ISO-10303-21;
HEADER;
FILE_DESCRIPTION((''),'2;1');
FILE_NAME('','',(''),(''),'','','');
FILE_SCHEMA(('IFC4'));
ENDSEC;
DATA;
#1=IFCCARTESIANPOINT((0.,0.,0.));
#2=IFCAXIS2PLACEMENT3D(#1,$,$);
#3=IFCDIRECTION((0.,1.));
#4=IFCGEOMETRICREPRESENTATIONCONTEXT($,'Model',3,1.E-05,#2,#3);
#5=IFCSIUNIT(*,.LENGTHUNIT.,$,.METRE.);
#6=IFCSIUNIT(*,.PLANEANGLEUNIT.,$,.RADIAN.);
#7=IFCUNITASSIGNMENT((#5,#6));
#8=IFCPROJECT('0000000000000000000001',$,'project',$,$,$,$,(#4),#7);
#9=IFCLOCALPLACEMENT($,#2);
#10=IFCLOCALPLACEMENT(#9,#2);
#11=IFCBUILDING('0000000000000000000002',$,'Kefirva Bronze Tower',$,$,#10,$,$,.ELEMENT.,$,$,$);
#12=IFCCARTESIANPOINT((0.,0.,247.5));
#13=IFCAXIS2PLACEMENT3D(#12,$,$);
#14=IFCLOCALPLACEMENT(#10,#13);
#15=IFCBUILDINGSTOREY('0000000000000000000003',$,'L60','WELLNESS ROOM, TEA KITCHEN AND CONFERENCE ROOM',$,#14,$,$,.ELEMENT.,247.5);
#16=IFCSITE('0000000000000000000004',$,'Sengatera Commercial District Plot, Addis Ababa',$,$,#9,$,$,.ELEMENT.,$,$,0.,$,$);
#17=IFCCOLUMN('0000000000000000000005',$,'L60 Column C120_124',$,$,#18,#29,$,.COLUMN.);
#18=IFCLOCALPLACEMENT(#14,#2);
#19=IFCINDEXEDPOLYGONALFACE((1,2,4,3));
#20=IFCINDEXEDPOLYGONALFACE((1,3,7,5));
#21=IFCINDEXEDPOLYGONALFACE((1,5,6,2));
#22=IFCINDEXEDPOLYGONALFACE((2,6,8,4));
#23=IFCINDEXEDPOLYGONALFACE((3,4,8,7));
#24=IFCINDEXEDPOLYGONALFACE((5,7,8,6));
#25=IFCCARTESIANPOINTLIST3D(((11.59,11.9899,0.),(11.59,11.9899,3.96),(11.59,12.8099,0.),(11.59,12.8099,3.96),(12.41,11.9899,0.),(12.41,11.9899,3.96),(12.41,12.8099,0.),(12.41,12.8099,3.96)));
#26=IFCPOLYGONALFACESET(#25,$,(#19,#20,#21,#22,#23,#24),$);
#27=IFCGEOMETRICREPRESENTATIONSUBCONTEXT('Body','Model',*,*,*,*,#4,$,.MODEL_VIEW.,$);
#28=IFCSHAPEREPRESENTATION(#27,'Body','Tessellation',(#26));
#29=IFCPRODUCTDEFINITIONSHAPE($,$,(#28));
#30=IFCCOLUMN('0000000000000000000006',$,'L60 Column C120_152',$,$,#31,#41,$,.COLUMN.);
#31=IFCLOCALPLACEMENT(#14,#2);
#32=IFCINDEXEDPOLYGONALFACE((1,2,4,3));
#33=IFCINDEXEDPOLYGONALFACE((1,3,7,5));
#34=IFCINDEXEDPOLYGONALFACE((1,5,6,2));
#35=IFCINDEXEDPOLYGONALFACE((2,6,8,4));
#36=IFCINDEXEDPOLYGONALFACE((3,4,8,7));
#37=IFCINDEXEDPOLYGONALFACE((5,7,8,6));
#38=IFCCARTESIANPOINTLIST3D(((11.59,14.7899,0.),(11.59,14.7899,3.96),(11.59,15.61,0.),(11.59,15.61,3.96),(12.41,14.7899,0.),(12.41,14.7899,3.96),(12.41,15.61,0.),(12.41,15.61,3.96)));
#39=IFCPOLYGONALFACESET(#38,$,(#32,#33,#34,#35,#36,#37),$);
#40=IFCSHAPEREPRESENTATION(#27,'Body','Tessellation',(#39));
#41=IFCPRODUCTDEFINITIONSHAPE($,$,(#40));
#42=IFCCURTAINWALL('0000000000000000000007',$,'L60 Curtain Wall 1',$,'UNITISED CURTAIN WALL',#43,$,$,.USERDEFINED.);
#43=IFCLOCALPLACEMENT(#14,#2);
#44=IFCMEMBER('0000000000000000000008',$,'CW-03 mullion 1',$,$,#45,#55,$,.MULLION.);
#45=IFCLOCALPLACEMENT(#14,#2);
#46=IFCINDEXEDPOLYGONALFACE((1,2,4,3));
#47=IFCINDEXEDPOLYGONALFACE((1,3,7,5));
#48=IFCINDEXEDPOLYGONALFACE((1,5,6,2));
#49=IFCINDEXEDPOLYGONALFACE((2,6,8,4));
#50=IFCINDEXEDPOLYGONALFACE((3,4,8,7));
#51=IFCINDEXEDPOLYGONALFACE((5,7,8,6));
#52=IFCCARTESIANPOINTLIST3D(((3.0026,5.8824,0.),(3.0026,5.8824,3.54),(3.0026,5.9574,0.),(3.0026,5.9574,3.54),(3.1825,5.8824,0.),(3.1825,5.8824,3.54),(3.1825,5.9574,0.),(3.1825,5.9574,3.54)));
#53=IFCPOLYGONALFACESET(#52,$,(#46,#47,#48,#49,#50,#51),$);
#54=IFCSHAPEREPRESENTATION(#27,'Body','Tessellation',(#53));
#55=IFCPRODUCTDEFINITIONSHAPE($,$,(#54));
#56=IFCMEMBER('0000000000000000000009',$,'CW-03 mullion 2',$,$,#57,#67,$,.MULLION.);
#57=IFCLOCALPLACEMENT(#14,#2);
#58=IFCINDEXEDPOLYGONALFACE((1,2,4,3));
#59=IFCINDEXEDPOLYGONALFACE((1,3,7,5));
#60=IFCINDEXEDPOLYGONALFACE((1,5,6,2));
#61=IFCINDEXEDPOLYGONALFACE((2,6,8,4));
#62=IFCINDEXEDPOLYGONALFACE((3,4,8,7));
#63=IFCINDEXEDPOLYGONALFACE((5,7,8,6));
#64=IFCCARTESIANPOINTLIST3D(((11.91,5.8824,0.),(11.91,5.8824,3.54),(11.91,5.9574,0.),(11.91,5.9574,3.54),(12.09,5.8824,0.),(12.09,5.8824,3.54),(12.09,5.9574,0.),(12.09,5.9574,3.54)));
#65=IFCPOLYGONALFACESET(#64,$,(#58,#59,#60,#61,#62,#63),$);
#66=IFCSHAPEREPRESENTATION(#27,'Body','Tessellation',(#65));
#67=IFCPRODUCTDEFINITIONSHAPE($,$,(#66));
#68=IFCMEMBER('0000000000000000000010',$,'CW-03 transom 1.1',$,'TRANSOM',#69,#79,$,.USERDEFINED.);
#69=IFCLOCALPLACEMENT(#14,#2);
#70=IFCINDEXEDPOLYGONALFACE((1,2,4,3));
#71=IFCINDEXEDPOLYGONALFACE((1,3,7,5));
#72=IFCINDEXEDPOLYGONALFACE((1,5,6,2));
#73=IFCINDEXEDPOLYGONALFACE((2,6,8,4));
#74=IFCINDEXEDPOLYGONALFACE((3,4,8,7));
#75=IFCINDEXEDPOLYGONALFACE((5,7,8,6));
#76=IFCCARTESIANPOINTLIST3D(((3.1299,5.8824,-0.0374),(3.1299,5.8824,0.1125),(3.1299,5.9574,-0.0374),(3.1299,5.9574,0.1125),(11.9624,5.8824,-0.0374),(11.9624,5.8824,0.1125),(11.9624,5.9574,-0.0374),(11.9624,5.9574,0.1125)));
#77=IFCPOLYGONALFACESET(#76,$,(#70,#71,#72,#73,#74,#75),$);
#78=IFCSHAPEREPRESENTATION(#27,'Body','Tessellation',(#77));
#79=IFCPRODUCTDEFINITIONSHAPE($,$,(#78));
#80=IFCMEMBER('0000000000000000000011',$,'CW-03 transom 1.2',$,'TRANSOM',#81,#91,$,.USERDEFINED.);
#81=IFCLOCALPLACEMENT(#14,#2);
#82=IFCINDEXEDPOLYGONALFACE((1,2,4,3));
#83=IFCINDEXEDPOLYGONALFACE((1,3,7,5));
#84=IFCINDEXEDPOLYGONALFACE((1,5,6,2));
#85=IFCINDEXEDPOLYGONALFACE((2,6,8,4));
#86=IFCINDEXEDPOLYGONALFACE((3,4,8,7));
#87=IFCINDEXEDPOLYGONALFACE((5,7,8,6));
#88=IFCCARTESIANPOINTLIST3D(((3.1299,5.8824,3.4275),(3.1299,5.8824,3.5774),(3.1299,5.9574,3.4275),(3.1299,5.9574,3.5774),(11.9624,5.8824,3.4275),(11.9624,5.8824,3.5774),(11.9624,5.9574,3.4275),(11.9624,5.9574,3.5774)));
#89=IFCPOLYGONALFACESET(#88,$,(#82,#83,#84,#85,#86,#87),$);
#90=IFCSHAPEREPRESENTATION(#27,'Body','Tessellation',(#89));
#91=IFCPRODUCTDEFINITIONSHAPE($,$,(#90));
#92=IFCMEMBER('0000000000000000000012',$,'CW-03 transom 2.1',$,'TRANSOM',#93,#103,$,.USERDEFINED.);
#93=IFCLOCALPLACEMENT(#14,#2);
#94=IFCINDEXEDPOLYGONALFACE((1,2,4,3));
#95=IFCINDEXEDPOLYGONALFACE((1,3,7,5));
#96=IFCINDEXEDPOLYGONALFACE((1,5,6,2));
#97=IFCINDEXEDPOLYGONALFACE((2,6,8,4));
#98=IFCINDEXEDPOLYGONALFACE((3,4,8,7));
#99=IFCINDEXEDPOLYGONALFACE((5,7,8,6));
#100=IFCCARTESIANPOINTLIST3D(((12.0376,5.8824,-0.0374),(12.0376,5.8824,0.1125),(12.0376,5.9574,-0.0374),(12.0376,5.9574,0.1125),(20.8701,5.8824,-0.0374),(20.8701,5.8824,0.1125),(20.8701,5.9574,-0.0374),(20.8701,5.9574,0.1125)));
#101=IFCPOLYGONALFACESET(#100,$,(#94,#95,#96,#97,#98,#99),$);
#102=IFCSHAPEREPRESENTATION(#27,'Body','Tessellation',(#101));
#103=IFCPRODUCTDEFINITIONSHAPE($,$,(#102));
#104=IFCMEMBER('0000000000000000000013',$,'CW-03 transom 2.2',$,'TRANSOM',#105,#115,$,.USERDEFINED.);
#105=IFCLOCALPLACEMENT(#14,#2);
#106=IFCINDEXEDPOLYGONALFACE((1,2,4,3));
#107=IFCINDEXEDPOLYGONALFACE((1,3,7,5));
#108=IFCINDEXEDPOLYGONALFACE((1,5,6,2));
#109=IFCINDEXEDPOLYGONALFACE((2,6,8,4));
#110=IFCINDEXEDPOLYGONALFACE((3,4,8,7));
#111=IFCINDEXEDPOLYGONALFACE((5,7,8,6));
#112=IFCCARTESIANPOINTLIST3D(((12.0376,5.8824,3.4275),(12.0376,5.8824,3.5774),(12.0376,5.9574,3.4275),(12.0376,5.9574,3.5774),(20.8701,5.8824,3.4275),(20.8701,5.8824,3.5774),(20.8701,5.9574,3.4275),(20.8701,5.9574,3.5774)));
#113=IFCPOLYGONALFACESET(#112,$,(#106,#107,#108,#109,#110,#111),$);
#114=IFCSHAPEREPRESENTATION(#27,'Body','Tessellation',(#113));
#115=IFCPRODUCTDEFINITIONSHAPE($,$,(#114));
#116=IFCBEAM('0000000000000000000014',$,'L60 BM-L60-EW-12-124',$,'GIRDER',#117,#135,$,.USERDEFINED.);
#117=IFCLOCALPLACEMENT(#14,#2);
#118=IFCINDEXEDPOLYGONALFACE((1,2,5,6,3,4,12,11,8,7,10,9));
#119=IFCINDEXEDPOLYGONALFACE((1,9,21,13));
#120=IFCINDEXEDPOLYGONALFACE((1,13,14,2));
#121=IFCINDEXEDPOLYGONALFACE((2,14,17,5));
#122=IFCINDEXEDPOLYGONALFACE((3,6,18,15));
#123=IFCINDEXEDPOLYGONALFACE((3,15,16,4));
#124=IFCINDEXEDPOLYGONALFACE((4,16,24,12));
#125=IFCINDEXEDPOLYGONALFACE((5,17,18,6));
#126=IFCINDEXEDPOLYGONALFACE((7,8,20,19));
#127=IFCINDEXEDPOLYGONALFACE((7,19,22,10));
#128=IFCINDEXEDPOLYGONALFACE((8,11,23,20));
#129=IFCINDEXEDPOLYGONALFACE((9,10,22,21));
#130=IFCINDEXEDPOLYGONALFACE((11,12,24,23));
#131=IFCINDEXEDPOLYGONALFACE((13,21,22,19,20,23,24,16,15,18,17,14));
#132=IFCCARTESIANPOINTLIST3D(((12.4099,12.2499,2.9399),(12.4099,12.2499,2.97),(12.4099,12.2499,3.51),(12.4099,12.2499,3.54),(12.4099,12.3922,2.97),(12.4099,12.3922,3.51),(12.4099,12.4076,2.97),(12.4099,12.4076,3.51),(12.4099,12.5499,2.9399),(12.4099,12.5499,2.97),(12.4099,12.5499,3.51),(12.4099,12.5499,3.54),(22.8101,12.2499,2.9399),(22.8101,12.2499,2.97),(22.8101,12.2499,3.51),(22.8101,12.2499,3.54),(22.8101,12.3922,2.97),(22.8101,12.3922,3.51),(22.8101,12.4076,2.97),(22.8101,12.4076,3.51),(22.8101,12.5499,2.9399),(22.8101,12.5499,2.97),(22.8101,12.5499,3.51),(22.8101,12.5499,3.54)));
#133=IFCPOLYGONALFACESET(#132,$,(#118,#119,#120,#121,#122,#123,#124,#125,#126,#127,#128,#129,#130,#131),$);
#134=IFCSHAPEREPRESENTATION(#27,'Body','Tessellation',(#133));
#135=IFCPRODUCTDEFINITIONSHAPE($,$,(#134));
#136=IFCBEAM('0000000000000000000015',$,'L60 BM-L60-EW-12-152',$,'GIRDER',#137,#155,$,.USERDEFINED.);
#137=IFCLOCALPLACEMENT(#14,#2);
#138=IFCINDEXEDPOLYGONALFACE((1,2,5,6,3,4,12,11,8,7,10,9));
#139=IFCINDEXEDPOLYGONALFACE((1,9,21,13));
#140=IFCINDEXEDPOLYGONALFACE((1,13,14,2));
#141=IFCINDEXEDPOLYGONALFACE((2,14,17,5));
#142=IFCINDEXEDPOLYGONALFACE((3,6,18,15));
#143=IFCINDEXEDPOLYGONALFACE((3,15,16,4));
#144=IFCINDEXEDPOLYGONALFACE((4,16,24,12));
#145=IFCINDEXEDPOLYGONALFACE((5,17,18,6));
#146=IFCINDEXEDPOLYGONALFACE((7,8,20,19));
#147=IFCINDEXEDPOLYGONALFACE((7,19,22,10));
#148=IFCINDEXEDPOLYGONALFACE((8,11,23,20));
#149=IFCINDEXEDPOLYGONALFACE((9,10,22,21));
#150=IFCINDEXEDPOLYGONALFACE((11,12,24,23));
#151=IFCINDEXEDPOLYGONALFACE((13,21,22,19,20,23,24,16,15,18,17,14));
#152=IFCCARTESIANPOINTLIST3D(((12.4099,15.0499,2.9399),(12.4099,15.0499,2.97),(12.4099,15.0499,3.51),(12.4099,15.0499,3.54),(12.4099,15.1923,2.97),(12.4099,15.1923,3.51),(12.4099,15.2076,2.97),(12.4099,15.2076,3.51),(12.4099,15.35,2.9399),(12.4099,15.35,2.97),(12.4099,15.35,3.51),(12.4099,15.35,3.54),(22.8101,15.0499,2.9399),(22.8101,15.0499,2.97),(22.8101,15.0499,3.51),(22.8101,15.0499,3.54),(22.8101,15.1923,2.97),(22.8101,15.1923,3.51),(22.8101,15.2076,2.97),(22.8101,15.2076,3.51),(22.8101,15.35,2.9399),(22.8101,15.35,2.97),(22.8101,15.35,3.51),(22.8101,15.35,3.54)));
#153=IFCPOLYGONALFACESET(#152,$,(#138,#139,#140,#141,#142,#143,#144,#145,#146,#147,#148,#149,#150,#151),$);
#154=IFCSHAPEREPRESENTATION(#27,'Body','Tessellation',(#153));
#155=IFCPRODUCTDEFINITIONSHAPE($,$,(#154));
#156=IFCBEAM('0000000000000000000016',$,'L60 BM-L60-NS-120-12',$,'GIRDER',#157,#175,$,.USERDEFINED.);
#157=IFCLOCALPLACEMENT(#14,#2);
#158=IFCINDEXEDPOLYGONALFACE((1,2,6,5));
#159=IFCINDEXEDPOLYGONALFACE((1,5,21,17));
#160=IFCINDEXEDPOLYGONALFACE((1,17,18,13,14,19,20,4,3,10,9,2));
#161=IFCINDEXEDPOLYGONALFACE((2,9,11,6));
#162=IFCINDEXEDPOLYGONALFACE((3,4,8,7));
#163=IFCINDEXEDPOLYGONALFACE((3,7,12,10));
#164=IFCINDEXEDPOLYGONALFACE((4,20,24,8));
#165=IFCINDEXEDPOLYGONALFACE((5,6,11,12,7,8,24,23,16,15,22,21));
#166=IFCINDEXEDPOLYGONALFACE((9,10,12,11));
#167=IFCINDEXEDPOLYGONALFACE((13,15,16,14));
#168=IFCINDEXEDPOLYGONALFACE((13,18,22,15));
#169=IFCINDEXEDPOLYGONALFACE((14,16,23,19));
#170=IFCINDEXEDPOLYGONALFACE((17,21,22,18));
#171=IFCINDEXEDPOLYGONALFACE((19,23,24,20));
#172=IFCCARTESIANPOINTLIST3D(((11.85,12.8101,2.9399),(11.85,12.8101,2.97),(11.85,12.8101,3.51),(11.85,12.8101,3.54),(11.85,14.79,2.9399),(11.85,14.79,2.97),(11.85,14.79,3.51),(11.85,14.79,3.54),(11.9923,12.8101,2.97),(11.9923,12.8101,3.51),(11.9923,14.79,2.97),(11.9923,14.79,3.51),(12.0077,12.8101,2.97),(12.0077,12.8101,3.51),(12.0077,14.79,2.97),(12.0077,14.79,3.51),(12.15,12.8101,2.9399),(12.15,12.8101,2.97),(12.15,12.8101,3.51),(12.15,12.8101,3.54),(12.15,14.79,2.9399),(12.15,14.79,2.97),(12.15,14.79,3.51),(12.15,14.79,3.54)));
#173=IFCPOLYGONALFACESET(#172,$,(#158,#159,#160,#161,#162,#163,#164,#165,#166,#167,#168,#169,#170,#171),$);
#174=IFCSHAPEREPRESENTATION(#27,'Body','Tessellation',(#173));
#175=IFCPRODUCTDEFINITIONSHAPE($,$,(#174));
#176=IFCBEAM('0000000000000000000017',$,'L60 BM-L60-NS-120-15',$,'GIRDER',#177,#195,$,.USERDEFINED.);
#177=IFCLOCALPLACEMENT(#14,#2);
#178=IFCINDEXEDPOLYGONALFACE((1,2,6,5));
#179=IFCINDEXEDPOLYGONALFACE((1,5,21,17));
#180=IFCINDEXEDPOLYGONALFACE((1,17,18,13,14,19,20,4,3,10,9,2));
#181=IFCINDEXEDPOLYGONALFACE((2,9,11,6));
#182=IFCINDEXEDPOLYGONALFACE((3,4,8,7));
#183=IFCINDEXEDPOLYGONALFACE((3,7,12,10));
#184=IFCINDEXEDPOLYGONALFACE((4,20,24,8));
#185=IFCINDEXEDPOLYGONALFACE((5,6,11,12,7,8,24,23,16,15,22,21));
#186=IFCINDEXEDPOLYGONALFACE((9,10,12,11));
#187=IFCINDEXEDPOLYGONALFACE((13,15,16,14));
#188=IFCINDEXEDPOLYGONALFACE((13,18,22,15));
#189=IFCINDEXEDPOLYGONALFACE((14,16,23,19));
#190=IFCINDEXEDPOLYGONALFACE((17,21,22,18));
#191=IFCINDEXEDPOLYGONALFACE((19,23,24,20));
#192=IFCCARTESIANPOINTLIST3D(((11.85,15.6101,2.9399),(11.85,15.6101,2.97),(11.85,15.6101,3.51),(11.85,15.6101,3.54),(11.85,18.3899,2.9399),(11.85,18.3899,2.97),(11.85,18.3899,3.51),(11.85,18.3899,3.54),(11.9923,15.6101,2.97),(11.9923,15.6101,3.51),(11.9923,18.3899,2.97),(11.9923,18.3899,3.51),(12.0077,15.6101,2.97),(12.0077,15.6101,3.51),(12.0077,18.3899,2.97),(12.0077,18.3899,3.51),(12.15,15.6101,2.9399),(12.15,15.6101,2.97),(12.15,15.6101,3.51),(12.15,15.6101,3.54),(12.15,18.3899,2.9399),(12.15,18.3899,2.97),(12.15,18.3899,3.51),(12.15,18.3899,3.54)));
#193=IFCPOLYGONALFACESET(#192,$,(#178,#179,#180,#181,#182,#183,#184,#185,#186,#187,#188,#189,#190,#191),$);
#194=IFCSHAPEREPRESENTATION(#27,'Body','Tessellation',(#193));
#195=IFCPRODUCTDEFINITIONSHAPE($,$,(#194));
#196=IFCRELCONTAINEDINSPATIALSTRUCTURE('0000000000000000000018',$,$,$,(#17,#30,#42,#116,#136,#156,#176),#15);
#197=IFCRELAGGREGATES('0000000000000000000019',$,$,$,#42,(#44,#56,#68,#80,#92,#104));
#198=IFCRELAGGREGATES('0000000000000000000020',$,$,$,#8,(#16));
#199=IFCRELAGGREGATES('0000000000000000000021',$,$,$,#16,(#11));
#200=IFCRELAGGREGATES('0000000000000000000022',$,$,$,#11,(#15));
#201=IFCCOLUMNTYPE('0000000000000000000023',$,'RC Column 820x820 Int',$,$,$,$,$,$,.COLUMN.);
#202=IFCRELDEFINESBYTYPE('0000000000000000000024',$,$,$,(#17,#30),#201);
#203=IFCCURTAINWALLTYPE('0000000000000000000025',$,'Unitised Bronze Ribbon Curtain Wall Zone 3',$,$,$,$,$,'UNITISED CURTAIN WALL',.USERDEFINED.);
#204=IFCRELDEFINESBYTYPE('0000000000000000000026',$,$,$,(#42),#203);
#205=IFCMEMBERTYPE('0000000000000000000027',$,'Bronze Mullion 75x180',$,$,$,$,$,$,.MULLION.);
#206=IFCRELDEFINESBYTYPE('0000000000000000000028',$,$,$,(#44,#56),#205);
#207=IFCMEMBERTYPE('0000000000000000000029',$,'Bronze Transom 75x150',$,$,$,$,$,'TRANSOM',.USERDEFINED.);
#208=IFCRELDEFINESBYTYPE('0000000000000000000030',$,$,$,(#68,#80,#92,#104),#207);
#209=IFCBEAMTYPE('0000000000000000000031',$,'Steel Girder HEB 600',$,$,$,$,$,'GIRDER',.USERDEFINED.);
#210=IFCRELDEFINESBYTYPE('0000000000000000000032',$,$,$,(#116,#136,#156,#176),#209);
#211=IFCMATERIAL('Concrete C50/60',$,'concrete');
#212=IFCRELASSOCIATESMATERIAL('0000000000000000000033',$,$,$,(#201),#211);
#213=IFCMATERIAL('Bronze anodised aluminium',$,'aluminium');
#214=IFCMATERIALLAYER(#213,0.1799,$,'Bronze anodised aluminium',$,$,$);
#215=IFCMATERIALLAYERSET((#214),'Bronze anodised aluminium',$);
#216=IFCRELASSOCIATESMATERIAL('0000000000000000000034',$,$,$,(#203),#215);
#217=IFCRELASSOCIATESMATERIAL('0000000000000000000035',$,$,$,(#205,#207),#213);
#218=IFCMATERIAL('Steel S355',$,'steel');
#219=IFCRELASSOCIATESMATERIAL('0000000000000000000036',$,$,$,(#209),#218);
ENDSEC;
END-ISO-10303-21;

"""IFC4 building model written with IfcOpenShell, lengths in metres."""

from ifc_helpers import new_model, si_unit, direction, frame, origin, origin_2d, place, context, subcontext, project, spatial, rectangle, i_section, extrude, material, layer, layer_set, material_profile, profile_set, type_object, element, aggregate, save


model = new_model("IFC4")

# Units and contexts
model_context = context("Model", 3, precision=1e-05, world=origin(), true_north=direction((0.0, 1.0)))
body_context = subcontext(model_context, "Body", "Model", "MODEL_VIEW")
ifc_project = project(units=[si_unit("LENGTHUNIT", "METRE"), si_unit("PLANEANGLEUNIT", "RADIAN")], contexts=[model_context])

# Site, building, storey
site_placement = place(None, origin())
site = spatial("IfcSite", under=ifc_project, at=site_placement, Name="Sengatera Commercial District Plot, Addis Ababa", CompositionType="ELEMENT", RefElevation=0.0)
building_placement = place(site_placement, origin())
building = spatial("IfcBuilding", under=site, at=building_placement, Name="Kefirva Bronze Tower", CompositionType="ELEMENT")
storey_placement = place(building_placement, frame((0.0, 0.0, 247.5)))
storey = spatial("IfcBuildingStorey", under=building, at=storey_placement, Name="L60", Description="WELLNESS ROOM, TEA KITCHEN AND CONFERENCE ROOM", CompositionType="ELEMENT", Elevation=247.5)

# Columns
ifc_material_1 = material(Name="Concrete C50/60", Category="concrete")
ifc_material_profile_1 = material_profile(ifc_material_1, rectangle(XDim=0.8201, YDim=0.8201, at=origin_2d()), Name="RC 820x820")
ifc_profile_set_1 = profile_set([ifc_material_profile_1], Name="Concrete C50/60")
column_type = type_object("IfcColumnType", Name="RC Column 820x820 Int", PredefinedType="COLUMN", material=ifc_profile_set_1)
for number, where, z_axis, x_axis, name in (
    (1, (12.0, 12.3999, 0.0), (0.0, 0.0, 1.0), (1.0, 0.0, 0.0), "L60 Column C120_124"),
    (2, (12.0, 15.2, 0.0), (0.0, 0.0, 1.0), (1.0, 0.0, 0.0), "L60 Column C120_152"),
):
    element("IfcColumn", number, at=place(storey_placement, frame(where, z_axis=z_axis, x_axis=x_axis)), inside=storey, type_object=column_type, Name=name, PredefinedType="COLUMN", context=body_context, shape_type="SweptSolid", body=[
        extrude(rectangle(XDim=0.8201, YDim=0.8201, at=origin_2d()), origin(), (0.0, 0.0, 1.0), 3.96),
    ])

# Curtain wall, members
ifc_material_2 = material(Name="Bronze anodised aluminium", Category="aluminium")
ifc_layer_1 = layer(ifc_material_2, 0.1799, Name="Bronze anodised aluminium")
ifc_layer_set_1 = layer_set([ifc_layer_1], Name="Bronze anodised aluminium")
curtain_wall_type = type_object("IfcCurtainWallType", Name="Unitised Bronze Ribbon Curtain Wall Zone 3", ElementType="UNITISED CURTAIN WALL", PredefinedType="USERDEFINED", material=ifc_layer_set_1)
curtain_wall_placement = place(storey_placement, origin())
curtain_wall = element("IfcCurtainWall", 3, at=curtain_wall_placement, inside=storey, type_object=curtain_wall_type, Name="L60 Curtain Wall 1", ObjectType="UNITISED CURTAIN WALL", PredefinedType="USERDEFINED")
ifc_material_profile_2 = material_profile(ifc_material_2, rectangle(XDim=0.075, YDim=0.1799, at=origin_2d()), Name="ALU 75x180")
ifc_profile_set_2 = profile_set([ifc_material_profile_2], Name="Bronze anodised aluminium")
member_type_1 = type_object("IfcMemberType", Name="Bronze Mullion 75x180", PredefinedType="MULLION", material=ifc_profile_set_2)
member_1_placement = place(storey_placement, frame((3.0925, 5.9199, 0.0), z_axis=(0.0, 0.0, 1.0), x_axis=(0.0, 1.0, 0.0)))
member_1 = element("IfcMember", 4, at=member_1_placement, type_object=member_type_1, Name="CW-03 mullion 1", PredefinedType="MULLION", context=body_context, shape_type="SweptSolid", body=[
    extrude(rectangle(XDim=0.075, YDim=0.1799, at=origin_2d()), origin(), (0.0, 0.0, 1.0), 3.54),
])
member_2_placement = place(storey_placement, frame((12.0, 5.9199, 0.0), z_axis=(0.0, 0.0, 1.0), x_axis=(0.0, 1.0, 0.0)))
member_2 = element("IfcMember", 5, at=member_2_placement, type_object=member_type_1, Name="CW-03 mullion 2", PredefinedType="MULLION", context=body_context, shape_type="SweptSolid", body=[
    extrude(rectangle(XDim=0.075, YDim=0.1799, at=origin_2d()), origin(), (0.0, 0.0, 1.0), 3.54),
])
ifc_material_profile_3 = material_profile(ifc_material_2, rectangle(XDim=0.075, YDim=0.1499, at=origin_2d()), Name="ALU 75x150")
ifc_profile_set_3 = profile_set([ifc_material_profile_3], Name="Bronze anodised aluminium")
member_type_2 = type_object("IfcMemberType", Name="Bronze Transom 75x150", ElementType="TRANSOM", PredefinedType="USERDEFINED", material=ifc_profile_set_3)
member_3_placement = place(storey_placement, frame((3.1299, 5.9199, 0.0376), z_axis=(1.0, 0.0, 0.0), x_axis=(0.0, 1.0, 0.0)))
member_3 = element("IfcMember", 6, at=member_3_placement, type_object=member_type_2, Name="CW-03 transom 1.1", ObjectType="TRANSOM", PredefinedType="USERDEFINED", context=body_context, shape_type="SweptSolid", body=[
    extrude(rectangle(XDim=0.075, YDim=0.1499, at=origin_2d()), origin(), (0.0, 0.0, 1.0), 8.8325),
])
member_4_placement = place(storey_placement, frame((3.1299, 5.9199, 3.5024), z_axis=(1.0, 0.0, 0.0), x_axis=(0.0, 1.0, 0.0)))
member_4 = element("IfcMember", 7, at=member_4_placement, type_object=member_type_2, Name="CW-03 transom 1.2", ObjectType="TRANSOM", PredefinedType="USERDEFINED", context=body_context, shape_type="SweptSolid", body=[
    extrude(rectangle(XDim=0.075, YDim=0.1499, at=origin_2d()), origin(), (0.0, 0.0, 1.0), 8.8325),
])
member_5_placement = place(storey_placement, frame((12.0376, 5.9199, 0.0376), z_axis=(1.0, 0.0, 0.0), x_axis=(0.0, 1.0, 0.0)))
member_5 = element("IfcMember", 8, at=member_5_placement, type_object=member_type_2, Name="CW-03 transom 2.1", ObjectType="TRANSOM", PredefinedType="USERDEFINED", context=body_context, shape_type="SweptSolid", body=[
    extrude(rectangle(XDim=0.075, YDim=0.1499, at=origin_2d()), origin(), (0.0, 0.0, 1.0), 8.8325),
])
member_6_placement = place(storey_placement, frame((12.0376, 5.9199, 3.5024), z_axis=(1.0, 0.0, 0.0), x_axis=(0.0, 1.0, 0.0)))
member_6 = element("IfcMember", 9, at=member_6_placement, type_object=member_type_2, Name="CW-03 transom 2.2", ObjectType="TRANSOM", PredefinedType="USERDEFINED", context=body_context, shape_type="SweptSolid", body=[
    extrude(rectangle(XDim=0.075, YDim=0.1499, at=origin_2d()), origin(), (0.0, 0.0, 1.0), 8.8325),
])

# Beams
ifc_material_3 = material(Name="Steel S355", Category="steel")
ifc_material_profile_4 = material_profile(ifc_material_3, i_section(OverallWidth=0.3, OverallDepth=0.6001, WebThickness=0.0154, FlangeThickness=0.03, at=origin_2d()), Name="HEB 600")
ifc_profile_set_4 = profile_set([ifc_material_profile_4], Name="Steel S355")
beam_type = type_object("IfcBeamType", Name="Steel Girder HEB 600", ElementType="GIRDER", PredefinedType="USERDEFINED", material=ifc_profile_set_4)
for number, where, z_axis, x_axis, name in (
    (10, (12.4099, 12.3999, 3.24), (1.0, 0.0, 0.0), (0.0, 1.0, 0.0), "L60 BM-L60-EW-12-124"),
    (11, (12.4099, 15.2, 3.24), (1.0, 0.0, 0.0), (0.0, 1.0, 0.0), "L60 BM-L60-EW-12-152"),
):
    element("IfcBeam", number, at=place(storey_placement, frame(where, z_axis=z_axis, x_axis=x_axis)), inside=storey, type_object=beam_type, Name=name, ObjectType="GIRDER", PredefinedType="USERDEFINED", context=body_context, shape_type="SweptSolid", body=[
        extrude(i_section(OverallWidth=0.3, OverallDepth=0.6001, WebThickness=0.0154, FlangeThickness=0.03, at=origin_2d()), origin(), (0.0, 0.0, 1.0), 10.4001),
    ])
beam_1_placement = place(storey_placement, frame((12.0, 12.8101, 3.24), z_axis=(0.0, 1.0, 0.0), x_axis=(-1.0, 0.0, 0.0)))
element("IfcBeam", 12, at=beam_1_placement, inside=storey, type_object=beam_type, Name="L60 BM-L60-NS-120-12", ObjectType="GIRDER", PredefinedType="USERDEFINED", context=body_context, shape_type="SweptSolid", body=[
    extrude(i_section(OverallWidth=0.3, OverallDepth=0.6001, WebThickness=0.0154, FlangeThickness=0.03, at=origin_2d()), origin(), (0.0, 0.0, 1.0), 1.98),
])
beam_2_placement = place(storey_placement, frame((12.0, 15.6101, 3.24), z_axis=(0.0, 1.0, 0.0), x_axis=(-1.0, 0.0, 0.0)))
element("IfcBeam", 13, at=beam_2_placement, inside=storey, type_object=beam_type, Name="L60 BM-L60-NS-120-15", ObjectType="GIRDER", PredefinedType="USERDEFINED", context=body_context, shape_type="SweptSolid", body=[
    extrude(i_section(OverallWidth=0.3, OverallDepth=0.6001, WebThickness=0.0154, FlangeThickness=0.03, at=origin_2d()), origin(), (0.0, 0.0, 1.0), 2.7798),
])

aggregate(curtain_wall, [member_1, member_2, member_3, member_4, member_5, member_6])

save(model, "model.ifc")
